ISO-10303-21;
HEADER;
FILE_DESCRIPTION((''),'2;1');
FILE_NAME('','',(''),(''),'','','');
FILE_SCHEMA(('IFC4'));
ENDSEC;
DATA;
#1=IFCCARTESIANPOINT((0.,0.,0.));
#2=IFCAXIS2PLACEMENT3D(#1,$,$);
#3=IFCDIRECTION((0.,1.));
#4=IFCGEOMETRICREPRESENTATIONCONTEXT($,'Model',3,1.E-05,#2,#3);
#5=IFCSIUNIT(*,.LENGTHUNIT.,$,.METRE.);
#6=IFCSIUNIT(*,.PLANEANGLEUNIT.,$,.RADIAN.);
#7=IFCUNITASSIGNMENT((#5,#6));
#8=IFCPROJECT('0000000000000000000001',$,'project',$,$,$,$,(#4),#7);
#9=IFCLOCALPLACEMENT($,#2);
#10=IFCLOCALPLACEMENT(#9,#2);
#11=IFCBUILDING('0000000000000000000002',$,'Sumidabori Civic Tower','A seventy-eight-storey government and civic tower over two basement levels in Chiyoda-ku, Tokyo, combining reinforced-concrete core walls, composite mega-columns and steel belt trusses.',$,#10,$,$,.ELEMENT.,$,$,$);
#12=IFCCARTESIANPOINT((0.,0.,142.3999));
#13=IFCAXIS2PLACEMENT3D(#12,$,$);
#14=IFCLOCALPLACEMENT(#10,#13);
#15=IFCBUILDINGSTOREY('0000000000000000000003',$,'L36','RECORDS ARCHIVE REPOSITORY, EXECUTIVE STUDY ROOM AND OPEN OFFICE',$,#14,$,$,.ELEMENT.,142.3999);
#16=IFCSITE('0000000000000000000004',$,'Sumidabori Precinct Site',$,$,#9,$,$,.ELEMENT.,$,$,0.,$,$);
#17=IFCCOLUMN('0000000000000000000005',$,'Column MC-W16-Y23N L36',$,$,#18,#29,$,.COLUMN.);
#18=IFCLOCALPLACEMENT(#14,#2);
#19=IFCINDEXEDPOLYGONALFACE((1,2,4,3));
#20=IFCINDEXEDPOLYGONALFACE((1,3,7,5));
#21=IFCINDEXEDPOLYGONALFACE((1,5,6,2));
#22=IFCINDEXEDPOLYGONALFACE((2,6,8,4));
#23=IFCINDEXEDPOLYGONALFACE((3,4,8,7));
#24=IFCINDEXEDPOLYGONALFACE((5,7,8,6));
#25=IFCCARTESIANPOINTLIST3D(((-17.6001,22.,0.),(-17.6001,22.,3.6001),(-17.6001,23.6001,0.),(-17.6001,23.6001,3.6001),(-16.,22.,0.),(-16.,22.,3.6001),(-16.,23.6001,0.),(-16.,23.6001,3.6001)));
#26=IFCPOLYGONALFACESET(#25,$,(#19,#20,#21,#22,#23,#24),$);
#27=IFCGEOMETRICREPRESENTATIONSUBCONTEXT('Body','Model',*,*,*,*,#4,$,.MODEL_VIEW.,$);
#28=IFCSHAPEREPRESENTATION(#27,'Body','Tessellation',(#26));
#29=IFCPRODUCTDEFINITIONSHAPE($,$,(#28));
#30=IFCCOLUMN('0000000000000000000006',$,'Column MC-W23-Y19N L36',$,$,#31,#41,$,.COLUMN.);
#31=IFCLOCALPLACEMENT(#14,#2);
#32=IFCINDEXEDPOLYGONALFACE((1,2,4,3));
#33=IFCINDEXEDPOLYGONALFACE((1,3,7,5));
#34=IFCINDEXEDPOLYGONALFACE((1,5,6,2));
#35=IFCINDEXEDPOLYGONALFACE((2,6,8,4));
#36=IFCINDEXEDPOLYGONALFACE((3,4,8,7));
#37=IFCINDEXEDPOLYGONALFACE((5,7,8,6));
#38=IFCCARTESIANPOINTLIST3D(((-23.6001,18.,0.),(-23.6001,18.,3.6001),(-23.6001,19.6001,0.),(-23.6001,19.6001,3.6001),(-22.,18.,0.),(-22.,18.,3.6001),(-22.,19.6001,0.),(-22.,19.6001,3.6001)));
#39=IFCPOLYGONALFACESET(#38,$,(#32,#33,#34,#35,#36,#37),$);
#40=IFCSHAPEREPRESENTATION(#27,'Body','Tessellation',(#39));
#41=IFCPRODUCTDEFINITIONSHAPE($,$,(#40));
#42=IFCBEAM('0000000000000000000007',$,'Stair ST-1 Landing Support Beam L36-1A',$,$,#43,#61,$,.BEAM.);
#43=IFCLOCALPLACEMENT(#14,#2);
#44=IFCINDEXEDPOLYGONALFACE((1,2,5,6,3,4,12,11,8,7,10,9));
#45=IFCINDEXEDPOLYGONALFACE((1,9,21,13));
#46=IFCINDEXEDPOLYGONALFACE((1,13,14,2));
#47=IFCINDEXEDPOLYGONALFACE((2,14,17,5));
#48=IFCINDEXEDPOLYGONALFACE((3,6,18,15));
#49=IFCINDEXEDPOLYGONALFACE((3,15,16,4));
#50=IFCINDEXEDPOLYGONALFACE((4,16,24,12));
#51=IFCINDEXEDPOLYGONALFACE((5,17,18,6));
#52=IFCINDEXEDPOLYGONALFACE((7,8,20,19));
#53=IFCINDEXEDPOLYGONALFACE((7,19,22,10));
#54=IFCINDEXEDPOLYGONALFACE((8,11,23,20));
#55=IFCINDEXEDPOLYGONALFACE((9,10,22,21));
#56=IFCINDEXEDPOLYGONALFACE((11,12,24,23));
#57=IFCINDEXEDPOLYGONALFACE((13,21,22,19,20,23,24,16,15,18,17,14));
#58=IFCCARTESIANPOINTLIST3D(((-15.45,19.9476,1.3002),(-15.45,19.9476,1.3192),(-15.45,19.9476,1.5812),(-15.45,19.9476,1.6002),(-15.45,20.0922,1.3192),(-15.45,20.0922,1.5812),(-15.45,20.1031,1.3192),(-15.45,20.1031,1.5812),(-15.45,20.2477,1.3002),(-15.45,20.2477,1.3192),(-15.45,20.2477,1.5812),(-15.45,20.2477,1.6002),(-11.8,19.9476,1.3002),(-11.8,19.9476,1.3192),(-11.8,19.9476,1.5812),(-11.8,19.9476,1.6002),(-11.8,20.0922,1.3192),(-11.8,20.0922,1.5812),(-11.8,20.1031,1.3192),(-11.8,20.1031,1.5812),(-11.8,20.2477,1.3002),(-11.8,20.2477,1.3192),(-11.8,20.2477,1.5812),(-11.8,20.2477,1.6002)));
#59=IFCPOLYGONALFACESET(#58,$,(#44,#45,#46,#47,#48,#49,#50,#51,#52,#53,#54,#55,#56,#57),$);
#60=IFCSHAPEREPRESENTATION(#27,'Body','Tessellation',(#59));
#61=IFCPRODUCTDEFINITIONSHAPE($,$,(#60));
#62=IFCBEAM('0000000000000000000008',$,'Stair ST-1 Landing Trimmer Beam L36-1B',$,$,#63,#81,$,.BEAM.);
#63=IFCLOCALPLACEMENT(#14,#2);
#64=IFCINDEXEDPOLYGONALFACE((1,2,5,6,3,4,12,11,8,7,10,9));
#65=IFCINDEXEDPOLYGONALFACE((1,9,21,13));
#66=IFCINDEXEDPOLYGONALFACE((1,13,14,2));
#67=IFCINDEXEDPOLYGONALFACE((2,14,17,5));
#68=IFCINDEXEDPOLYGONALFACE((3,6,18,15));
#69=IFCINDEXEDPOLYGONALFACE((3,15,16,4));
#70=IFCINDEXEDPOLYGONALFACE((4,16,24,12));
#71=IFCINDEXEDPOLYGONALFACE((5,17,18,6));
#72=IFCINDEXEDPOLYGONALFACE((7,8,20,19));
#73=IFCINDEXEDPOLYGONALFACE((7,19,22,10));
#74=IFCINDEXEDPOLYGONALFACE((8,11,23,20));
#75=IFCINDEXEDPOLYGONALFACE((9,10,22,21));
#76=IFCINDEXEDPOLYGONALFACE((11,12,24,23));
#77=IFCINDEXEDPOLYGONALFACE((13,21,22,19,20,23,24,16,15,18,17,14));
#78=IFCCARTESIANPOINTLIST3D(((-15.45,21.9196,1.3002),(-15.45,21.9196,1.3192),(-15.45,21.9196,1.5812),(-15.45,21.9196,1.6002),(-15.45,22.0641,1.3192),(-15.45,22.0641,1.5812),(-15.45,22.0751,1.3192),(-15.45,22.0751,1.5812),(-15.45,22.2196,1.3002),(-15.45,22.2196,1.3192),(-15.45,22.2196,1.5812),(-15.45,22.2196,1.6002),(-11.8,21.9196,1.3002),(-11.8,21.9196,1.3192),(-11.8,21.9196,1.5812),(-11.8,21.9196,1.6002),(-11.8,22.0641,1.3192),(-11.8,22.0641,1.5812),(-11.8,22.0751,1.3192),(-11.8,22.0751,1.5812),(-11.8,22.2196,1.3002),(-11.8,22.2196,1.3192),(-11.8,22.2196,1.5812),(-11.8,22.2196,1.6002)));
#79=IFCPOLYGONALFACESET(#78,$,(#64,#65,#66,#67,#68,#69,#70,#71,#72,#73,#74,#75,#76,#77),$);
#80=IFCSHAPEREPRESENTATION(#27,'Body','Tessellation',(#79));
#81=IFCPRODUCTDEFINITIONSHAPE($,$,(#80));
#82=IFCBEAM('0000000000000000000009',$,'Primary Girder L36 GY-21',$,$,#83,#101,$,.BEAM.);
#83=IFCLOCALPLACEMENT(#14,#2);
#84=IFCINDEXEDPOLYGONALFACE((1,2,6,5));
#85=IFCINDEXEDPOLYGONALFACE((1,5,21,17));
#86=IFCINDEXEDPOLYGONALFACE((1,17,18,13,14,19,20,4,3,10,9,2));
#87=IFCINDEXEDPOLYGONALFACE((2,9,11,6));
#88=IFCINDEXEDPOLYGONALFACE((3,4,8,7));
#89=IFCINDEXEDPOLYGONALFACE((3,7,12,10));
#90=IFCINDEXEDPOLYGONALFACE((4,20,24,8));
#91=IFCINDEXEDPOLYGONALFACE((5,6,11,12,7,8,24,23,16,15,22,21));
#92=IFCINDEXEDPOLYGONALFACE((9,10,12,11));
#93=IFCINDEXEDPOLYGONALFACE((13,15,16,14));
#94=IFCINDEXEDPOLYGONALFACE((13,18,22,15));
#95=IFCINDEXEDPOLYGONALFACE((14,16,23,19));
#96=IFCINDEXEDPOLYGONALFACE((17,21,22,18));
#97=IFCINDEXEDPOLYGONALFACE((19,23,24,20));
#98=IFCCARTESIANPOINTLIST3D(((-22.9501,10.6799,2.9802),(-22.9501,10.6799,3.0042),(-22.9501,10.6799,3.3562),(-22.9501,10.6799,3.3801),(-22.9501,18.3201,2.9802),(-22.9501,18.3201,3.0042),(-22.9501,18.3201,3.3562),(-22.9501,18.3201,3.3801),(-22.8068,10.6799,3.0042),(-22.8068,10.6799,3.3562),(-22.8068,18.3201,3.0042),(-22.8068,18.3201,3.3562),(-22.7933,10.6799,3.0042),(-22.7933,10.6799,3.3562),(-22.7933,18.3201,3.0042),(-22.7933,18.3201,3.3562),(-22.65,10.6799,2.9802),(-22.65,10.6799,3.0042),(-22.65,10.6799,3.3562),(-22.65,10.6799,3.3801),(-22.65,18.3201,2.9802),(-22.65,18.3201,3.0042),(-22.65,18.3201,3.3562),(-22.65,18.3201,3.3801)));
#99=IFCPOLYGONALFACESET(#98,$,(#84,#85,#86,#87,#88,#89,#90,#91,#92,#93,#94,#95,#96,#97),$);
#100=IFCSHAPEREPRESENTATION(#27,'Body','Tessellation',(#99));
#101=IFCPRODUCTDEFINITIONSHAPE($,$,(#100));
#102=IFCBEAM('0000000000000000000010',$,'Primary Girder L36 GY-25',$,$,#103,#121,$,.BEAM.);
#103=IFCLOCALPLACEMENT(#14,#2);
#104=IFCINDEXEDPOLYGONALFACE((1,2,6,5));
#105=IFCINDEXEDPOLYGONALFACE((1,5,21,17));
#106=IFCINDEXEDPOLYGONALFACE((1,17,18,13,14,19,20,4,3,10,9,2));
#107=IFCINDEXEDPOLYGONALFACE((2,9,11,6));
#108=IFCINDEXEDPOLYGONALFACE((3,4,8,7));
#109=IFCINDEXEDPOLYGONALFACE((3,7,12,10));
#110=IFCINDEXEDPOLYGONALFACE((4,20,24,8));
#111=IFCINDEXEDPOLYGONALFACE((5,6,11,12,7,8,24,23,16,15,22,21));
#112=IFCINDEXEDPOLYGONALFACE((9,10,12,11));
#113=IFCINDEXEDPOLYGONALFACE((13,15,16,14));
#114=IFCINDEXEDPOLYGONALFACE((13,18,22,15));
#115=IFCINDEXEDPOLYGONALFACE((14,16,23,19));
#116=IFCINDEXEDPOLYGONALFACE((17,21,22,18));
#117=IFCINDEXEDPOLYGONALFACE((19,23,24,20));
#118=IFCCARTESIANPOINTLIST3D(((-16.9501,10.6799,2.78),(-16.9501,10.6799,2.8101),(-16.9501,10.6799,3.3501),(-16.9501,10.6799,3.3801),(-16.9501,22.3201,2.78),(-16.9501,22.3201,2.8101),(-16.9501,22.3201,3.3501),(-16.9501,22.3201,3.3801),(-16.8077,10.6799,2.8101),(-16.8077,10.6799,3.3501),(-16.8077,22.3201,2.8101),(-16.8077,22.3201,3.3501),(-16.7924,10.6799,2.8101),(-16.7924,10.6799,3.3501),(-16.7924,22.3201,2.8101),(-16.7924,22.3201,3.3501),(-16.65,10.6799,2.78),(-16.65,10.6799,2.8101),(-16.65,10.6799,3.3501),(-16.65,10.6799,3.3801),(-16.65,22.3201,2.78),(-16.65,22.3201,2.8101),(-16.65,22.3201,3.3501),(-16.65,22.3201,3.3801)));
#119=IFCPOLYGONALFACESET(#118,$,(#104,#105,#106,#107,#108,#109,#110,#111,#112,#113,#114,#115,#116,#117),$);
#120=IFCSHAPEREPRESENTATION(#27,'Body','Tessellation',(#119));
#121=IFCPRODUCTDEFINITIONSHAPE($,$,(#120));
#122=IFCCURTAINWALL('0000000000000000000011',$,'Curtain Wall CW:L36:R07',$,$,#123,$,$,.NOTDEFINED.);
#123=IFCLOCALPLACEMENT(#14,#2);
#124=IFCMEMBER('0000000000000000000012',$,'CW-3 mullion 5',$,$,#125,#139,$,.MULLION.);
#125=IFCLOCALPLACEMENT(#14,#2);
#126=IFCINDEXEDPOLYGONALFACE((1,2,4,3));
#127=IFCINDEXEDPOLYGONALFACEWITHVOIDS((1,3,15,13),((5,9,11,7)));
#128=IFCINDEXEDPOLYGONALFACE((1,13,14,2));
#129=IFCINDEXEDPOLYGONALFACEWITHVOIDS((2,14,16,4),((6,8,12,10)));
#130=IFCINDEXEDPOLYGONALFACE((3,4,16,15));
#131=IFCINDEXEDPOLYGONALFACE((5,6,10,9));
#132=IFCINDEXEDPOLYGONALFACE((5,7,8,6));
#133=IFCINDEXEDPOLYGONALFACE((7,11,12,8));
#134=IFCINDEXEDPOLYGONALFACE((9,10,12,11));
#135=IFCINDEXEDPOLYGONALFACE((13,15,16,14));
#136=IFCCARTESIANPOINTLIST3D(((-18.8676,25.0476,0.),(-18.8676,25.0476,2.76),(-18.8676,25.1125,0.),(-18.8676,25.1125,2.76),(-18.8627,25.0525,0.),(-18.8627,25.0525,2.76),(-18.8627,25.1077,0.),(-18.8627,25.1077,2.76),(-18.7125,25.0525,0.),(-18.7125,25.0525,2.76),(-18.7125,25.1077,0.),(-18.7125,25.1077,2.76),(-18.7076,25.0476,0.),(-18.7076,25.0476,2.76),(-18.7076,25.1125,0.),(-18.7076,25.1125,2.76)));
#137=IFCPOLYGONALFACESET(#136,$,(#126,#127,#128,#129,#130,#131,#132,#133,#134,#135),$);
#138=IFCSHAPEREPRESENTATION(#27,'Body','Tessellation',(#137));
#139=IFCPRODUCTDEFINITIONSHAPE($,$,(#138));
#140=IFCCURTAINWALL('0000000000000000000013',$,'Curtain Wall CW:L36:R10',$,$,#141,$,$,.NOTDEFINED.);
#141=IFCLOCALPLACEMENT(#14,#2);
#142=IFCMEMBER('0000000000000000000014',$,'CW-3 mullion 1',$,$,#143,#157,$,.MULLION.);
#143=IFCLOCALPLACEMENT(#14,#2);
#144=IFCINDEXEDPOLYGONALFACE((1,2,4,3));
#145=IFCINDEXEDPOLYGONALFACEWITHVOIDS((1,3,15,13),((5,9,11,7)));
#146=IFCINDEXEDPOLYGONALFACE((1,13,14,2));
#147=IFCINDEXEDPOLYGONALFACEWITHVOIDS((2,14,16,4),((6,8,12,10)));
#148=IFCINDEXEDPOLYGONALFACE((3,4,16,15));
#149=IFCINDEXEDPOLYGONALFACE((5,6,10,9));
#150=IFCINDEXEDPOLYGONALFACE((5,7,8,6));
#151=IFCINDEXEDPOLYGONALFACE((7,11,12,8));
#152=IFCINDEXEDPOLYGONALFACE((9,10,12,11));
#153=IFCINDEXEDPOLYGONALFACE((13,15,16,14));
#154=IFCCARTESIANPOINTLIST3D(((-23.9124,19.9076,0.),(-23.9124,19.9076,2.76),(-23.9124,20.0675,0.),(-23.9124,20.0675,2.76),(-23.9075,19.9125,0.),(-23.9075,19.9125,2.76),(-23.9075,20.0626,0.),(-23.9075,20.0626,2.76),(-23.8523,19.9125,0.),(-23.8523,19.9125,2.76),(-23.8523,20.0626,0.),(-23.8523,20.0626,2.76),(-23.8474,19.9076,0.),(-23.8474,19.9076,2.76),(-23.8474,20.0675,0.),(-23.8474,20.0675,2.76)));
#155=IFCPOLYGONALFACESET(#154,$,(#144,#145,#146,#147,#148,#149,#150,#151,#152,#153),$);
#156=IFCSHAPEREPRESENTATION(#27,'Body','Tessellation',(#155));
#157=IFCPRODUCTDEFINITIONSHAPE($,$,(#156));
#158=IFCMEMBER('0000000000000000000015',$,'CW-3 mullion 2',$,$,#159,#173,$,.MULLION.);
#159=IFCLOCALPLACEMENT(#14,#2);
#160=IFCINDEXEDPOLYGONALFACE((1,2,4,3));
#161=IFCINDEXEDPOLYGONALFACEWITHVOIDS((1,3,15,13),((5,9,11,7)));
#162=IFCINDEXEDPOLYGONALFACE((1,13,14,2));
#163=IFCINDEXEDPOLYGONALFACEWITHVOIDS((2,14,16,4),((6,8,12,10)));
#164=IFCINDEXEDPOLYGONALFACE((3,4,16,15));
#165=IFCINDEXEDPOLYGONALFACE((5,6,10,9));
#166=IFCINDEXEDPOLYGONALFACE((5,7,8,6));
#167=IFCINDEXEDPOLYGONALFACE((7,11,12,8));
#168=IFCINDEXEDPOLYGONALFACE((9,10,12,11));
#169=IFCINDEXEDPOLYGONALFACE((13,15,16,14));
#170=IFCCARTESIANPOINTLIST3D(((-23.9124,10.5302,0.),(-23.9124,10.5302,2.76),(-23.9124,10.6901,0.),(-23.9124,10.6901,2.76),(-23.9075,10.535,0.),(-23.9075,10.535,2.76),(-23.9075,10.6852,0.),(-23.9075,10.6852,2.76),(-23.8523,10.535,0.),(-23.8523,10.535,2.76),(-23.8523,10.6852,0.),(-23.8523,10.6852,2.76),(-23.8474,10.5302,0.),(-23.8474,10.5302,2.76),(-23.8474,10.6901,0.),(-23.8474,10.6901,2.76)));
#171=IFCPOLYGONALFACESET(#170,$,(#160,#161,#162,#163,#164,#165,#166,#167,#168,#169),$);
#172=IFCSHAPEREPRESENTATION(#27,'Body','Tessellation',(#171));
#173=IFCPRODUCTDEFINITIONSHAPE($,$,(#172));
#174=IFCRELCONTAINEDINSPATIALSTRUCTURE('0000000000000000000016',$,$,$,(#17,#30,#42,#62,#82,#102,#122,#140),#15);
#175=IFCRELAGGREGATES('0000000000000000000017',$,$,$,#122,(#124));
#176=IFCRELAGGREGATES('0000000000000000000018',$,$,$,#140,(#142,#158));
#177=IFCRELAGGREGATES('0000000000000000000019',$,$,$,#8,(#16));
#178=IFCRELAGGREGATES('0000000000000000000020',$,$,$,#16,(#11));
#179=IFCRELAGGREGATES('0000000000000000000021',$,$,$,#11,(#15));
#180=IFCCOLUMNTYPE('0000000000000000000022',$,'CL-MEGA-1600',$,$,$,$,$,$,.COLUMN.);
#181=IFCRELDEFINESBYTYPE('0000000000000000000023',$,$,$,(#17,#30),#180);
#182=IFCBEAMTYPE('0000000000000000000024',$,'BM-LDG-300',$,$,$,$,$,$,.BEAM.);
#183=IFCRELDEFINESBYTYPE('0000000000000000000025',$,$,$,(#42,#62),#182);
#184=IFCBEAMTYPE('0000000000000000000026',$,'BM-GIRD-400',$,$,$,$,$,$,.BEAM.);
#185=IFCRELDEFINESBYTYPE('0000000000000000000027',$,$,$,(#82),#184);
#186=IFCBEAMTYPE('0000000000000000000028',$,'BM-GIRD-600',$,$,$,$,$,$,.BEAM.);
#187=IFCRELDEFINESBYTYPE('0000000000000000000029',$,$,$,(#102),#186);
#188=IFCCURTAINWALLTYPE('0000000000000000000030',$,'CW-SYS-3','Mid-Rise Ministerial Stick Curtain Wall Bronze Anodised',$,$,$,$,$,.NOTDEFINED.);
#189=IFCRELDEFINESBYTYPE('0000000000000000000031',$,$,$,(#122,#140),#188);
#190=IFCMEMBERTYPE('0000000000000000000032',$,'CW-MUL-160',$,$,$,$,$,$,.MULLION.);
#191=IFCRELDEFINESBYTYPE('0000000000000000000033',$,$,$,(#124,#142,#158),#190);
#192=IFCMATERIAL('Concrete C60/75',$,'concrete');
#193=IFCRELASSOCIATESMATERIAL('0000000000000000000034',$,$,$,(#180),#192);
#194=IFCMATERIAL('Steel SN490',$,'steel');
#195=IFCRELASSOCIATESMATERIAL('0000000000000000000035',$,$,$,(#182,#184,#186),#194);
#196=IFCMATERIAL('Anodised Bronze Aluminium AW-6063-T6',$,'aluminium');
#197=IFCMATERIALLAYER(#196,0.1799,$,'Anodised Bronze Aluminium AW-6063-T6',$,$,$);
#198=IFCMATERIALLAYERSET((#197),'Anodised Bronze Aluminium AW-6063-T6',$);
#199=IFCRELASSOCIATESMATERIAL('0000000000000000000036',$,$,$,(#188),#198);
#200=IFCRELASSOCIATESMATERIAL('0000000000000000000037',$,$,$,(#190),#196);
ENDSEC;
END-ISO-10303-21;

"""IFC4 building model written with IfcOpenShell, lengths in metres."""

from ifc_helpers import new_model, si_unit, direction, frame, origin, origin_2d, place, context, subcontext, project, spatial, rectangle, hollow_rectangle, i_section, extrude, source, transform, mapped, material, layer, layer_set, material_profile, profile_set, type_object, element, aggregate, save


model = new_model("IFC4")

# Units and contexts
model_context = context("Model", 3, precision=1e-05, world=origin(), true_north=direction((0.0, 1.0)))
body_context = subcontext(model_context, "Body", "Model", "MODEL_VIEW")
ifc_project = project(units=[si_unit("LENGTHUNIT", "METRE"), si_unit("PLANEANGLEUNIT", "RADIAN")], contexts=[model_context])

# Site, building, storey
site_placement = place(None, origin())
site = spatial("IfcSite", under=ifc_project, at=site_placement, Name="Sumidabori Precinct Site", CompositionType="ELEMENT", RefElevation=0.0)
building_placement = place(site_placement, origin())
building = spatial("IfcBuilding", under=site, at=building_placement, Name="Sumidabori Civic Tower", Description="A seventy-eight-storey government and civic tower over two basement levels in Chiyoda-ku, Tokyo, combining reinforced-concrete core walls, composite mega-columns and steel belt trusses.", CompositionType="ELEMENT")
storey_placement = place(building_placement, frame((0.0, 0.0, 142.3999)))
storey = spatial("IfcBuildingStorey", under=building, at=storey_placement, Name="L36", Description="RECORDS ARCHIVE REPOSITORY, EXECUTIVE STUDY ROOM AND OPEN OFFICE", CompositionType="ELEMENT", Elevation=142.3999)

# Columns
ifc_material_1 = material(Name="Concrete C60/75", Category="concrete")
ifc_material_profile_1 = material_profile(ifc_material_1, rectangle(XDim=1.6001, YDim=1.6001, at=origin_2d()), Name="RC 1600x1600")
ifc_profile_set_1 = profile_set([ifc_material_profile_1], Name="Concrete C60/75")
column_type = type_object("IfcColumnType", Name="CL-MEGA-1600", PredefinedType="COLUMN", material=ifc_profile_set_1)
shared_shape_1 = source(origin(), body_context, "Body", "SweptSolid", [
    extrude(rectangle(XDim=1.6001, YDim=1.6001, at=origin_2d()), origin(), (0.0, 0.0, 1.0), 3.6001),
])
for number, where, z_axis, x_axis, name in (
    (1, (-16.8, 22.8, 0.0), (0.0, 0.0, 1.0), (1.0, 0.0, 0.0), "Column MC-W16-Y23N L36"),
    (2, (-22.8, 18.8, 0.0), (0.0, 0.0, 1.0), (1.0, 0.0, 0.0), "Column MC-W23-Y19N L36"),
):
    element("IfcColumn", number, at=place(storey_placement, frame(where, z_axis=z_axis, x_axis=x_axis)), inside=storey, type_object=column_type, Name=name, PredefinedType="COLUMN", context=body_context, shape_type="MappedRepresentation", body=[
        mapped(shared_shape_1, transform((0.0, 0.0, 0.0), x_axis=(1.0, 0.0, 0.0), y_axis=(0.0, 1.0, 0.0), z_axis=(0.0, 0.0, 1.0), scale=1.0)),
    ])

# Beams
ifc_material_2 = material(Name="Steel SN490", Category="steel")
ifc_material_profile_2 = material_profile(ifc_material_2, i_section(OverallWidth=0.3, OverallDepth=0.3, WebThickness=0.011, FlangeThickness=0.019, at=origin_2d()), Name="HE 300 B")
ifc_profile_set_2 = profile_set([ifc_material_profile_2], Name="Steel SN490")
beam_type_1 = type_object("IfcBeamType", Name="BM-LDG-300", PredefinedType="BEAM", material=ifc_profile_set_2)
shared_shape_2 = source(origin(), body_context, "Body", "SweptSolid", [
    extrude(i_section(OverallWidth=0.3, OverallDepth=0.3, WebThickness=0.011, FlangeThickness=0.019, at=origin_2d()), origin(), (0.0, 0.0, 1.0), 3.6499),
])
for number, where, z_axis, x_axis, name in (
    (3, (-15.45, 20.0977, 1.4502), (1.0, 0.0, 0.0), (0.0, 1.0, 0.0), "Stair ST-1 Landing Support Beam L36-1A"),
    (4, (-15.45, 22.0696, 1.4502), (1.0, 0.0, 0.0), (0.0, 1.0, 0.0), "Stair ST-1 Landing Trimmer Beam L36-1B"),
):
    element("IfcBeam", number, at=place(storey_placement, frame(where, z_axis=z_axis, x_axis=x_axis)), inside=storey, type_object=beam_type_1, Name=name, PredefinedType="BEAM", context=body_context, shape_type="MappedRepresentation", body=[
        mapped(shared_shape_2, transform((0.0, 0.0, 0.0), x_axis=(1.0, 0.0, 0.0), y_axis=(0.0, 1.0, 0.0), z_axis=(0.0, 0.0, 1.0), scale=1.0)),
    ])
ifc_material_profile_3 = material_profile(ifc_material_2, i_section(OverallWidth=0.3, OverallDepth=0.3999, WebThickness=0.0134, FlangeThickness=0.0239, at=origin_2d()), Name="HE 400 B")
ifc_profile_set_3 = profile_set([ifc_material_profile_3], Name="Steel SN490")
beam_type_2 = type_object("IfcBeamType", Name="BM-GIRD-400", PredefinedType="BEAM", material=ifc_profile_set_3)
shared_shape_3 = source(origin(), body_context, "Body", "SweptSolid", [
    extrude(i_section(OverallWidth=0.3, OverallDepth=0.3999, WebThickness=0.0134, FlangeThickness=0.0239, at=origin_2d()), origin(), (0.0, 0.0, 1.0), 7.6401),
])
beam_1_placement = place(storey_placement, frame((-22.8, 10.6799, 3.1802), z_axis=(0.0, 1.0, 0.0), x_axis=(-1.0, 0.0, 0.0)))
element("IfcBeam", 5, at=beam_1_placement, inside=storey, type_object=beam_type_2, Name="Primary Girder L36 GY-21", PredefinedType="BEAM", context=body_context, shape_type="MappedRepresentation", body=[
    mapped(shared_shape_3, transform((0.0, 0.0, 0.0), x_axis=(1.0, 0.0, 0.0), y_axis=(0.0, 1.0, 0.0), z_axis=(0.0, 0.0, 1.0), scale=1.0)),
])
ifc_material_profile_4 = material_profile(ifc_material_2, i_section(OverallWidth=0.3, OverallDepth=0.6001, WebThickness=0.0154, FlangeThickness=0.03, at=origin_2d()), Name="HE 600 B")
ifc_profile_set_4 = profile_set([ifc_material_profile_4], Name="Steel SN490")
beam_type_3 = type_object("IfcBeamType", Name="BM-GIRD-600", PredefinedType="BEAM", material=ifc_profile_set_4)
shared_shape_4 = source(origin(), body_context, "Body", "SweptSolid", [
    extrude(i_section(OverallWidth=0.3, OverallDepth=0.6001, WebThickness=0.0154, FlangeThickness=0.03, at=origin_2d()), origin(), (0.0, 0.0, 1.0), 11.6401),
])
beam_2_placement = place(storey_placement, frame((-16.8, 10.6799, 3.0801), z_axis=(0.0, 1.0, 0.0), x_axis=(-1.0, 0.0, 0.0)))
element("IfcBeam", 6, at=beam_2_placement, inside=storey, type_object=beam_type_3, Name="Primary Girder L36 GY-25", PredefinedType="BEAM", context=body_context, shape_type="MappedRepresentation", body=[
    mapped(shared_shape_4, transform((0.0, 0.0, 0.0), x_axis=(1.0, 0.0, 0.0), y_axis=(0.0, 1.0, 0.0), z_axis=(0.0, 0.0, 1.0), scale=1.0)),
])

# Curtain wall, member
ifc_material_3 = material(Name="Anodised Bronze Aluminium AW-6063-T6", Category="aluminium")
ifc_layer_1 = layer(ifc_material_3, 0.1799, Name="Anodised Bronze Aluminium AW-6063-T6")
ifc_layer_set_1 = layer_set([ifc_layer_1], Name="Anodised Bronze Aluminium AW-6063-T6")
curtain_wall_type = type_object("IfcCurtainWallType", Name="CW-SYS-3", Description="Mid-Rise Ministerial Stick Curtain Wall Bronze Anodised", PredefinedType="NOTDEFINED", material=ifc_layer_set_1)
curtain_wall_1_placement = place(storey_placement, origin())
curtain_wall_1 = element("IfcCurtainWall", 7, at=curtain_wall_1_placement, inside=storey, type_object=curtain_wall_type, Name="Curtain Wall CW:L36:R07", PredefinedType="NOTDEFINED")
ifc_material_profile_5 = material_profile(ifc_material_3, hollow_rectangle(XDim=0.0649, YDim=0.1599, WallThickness=0.0049, at=origin_2d()), Name="ALU MULLION 160x65")
ifc_profile_set_5 = profile_set([ifc_material_profile_5], Name="Anodised Bronze Aluminium AW-6063-T6")
member_type_1 = type_object("IfcMemberType", Name="CW-MUL-160", PredefinedType="MULLION", material=ifc_profile_set_5)
shared_shape_5 = source(origin(), body_context, "Body", "SweptSolid", [
    extrude(hollow_rectangle(XDim=0.0649, YDim=0.1599, WallThickness=0.0049, at=origin_2d()), origin(), (0.0, 0.0, 1.0), 2.76),
])
member_1_placement = place(storey_placement, frame((-18.7876, 25.0801, 0.0), z_axis=(0.0, 0.0, 1.0), x_axis=(0.0, -1.0, 0.0)))
member_1 = element("IfcMember", 8, at=member_1_placement, type_object=member_type_1, Name="CW-3 mullion 5", PredefinedType="MULLION", context=body_context, shape_type="MappedRepresentation", body=[
    mapped(shared_shape_5, transform((0.0, 0.0, 0.0), x_axis=(1.0, 0.0, 0.0), y_axis=(0.0, 1.0, 0.0), z_axis=(0.0, 0.0, 1.0), scale=1.0)),
])
aggregate(curtain_wall_1, [member_1])

# Curtain wall, members
curtain_wall_2_placement = place(storey_placement, origin())
curtain_wall_2 = element("IfcCurtainWall", 9, at=curtain_wall_2_placement, inside=storey, type_object=curtain_wall_type, Name="Curtain Wall CW:L36:R10", PredefinedType="NOTDEFINED")
member_2_placement = place(storey_placement, frame((-23.8799, 19.9875, 0.0), z_axis=(0.0, 0.0, 1.0), x_axis=(1.0, 0.0, 0.0)))
member_2 = element("IfcMember", 10, at=member_2_placement, type_object=member_type_1, Name="CW-3 mullion 1", PredefinedType="MULLION", context=body_context, shape_type="MappedRepresentation", body=[
    mapped(shared_shape_5, transform((0.0, 0.0, 0.0), x_axis=(1.0, 0.0, 0.0), y_axis=(0.0, 1.0, 0.0), z_axis=(0.0, 0.0, 1.0), scale=1.0)),
])
member_3_placement = place(storey_placement, frame((-23.8799, 10.6101, 0.0), z_axis=(0.0, 0.0, 1.0), x_axis=(1.0, 0.0, 0.0)))
member_3 = element("IfcMember", 11, at=member_3_placement, type_object=member_type_1, Name="CW-3 mullion 2", PredefinedType="MULLION", context=body_context, shape_type="MappedRepresentation", body=[
    mapped(shared_shape_5, transform((0.0, 0.0, 0.0), x_axis=(1.0, 0.0, 0.0), y_axis=(0.0, 1.0, 0.0), z_axis=(0.0, 0.0, 1.0), scale=1.0)),
])
aggregate(curtain_wall_2, [member_2, member_3])

save(model, "model.ifc")
